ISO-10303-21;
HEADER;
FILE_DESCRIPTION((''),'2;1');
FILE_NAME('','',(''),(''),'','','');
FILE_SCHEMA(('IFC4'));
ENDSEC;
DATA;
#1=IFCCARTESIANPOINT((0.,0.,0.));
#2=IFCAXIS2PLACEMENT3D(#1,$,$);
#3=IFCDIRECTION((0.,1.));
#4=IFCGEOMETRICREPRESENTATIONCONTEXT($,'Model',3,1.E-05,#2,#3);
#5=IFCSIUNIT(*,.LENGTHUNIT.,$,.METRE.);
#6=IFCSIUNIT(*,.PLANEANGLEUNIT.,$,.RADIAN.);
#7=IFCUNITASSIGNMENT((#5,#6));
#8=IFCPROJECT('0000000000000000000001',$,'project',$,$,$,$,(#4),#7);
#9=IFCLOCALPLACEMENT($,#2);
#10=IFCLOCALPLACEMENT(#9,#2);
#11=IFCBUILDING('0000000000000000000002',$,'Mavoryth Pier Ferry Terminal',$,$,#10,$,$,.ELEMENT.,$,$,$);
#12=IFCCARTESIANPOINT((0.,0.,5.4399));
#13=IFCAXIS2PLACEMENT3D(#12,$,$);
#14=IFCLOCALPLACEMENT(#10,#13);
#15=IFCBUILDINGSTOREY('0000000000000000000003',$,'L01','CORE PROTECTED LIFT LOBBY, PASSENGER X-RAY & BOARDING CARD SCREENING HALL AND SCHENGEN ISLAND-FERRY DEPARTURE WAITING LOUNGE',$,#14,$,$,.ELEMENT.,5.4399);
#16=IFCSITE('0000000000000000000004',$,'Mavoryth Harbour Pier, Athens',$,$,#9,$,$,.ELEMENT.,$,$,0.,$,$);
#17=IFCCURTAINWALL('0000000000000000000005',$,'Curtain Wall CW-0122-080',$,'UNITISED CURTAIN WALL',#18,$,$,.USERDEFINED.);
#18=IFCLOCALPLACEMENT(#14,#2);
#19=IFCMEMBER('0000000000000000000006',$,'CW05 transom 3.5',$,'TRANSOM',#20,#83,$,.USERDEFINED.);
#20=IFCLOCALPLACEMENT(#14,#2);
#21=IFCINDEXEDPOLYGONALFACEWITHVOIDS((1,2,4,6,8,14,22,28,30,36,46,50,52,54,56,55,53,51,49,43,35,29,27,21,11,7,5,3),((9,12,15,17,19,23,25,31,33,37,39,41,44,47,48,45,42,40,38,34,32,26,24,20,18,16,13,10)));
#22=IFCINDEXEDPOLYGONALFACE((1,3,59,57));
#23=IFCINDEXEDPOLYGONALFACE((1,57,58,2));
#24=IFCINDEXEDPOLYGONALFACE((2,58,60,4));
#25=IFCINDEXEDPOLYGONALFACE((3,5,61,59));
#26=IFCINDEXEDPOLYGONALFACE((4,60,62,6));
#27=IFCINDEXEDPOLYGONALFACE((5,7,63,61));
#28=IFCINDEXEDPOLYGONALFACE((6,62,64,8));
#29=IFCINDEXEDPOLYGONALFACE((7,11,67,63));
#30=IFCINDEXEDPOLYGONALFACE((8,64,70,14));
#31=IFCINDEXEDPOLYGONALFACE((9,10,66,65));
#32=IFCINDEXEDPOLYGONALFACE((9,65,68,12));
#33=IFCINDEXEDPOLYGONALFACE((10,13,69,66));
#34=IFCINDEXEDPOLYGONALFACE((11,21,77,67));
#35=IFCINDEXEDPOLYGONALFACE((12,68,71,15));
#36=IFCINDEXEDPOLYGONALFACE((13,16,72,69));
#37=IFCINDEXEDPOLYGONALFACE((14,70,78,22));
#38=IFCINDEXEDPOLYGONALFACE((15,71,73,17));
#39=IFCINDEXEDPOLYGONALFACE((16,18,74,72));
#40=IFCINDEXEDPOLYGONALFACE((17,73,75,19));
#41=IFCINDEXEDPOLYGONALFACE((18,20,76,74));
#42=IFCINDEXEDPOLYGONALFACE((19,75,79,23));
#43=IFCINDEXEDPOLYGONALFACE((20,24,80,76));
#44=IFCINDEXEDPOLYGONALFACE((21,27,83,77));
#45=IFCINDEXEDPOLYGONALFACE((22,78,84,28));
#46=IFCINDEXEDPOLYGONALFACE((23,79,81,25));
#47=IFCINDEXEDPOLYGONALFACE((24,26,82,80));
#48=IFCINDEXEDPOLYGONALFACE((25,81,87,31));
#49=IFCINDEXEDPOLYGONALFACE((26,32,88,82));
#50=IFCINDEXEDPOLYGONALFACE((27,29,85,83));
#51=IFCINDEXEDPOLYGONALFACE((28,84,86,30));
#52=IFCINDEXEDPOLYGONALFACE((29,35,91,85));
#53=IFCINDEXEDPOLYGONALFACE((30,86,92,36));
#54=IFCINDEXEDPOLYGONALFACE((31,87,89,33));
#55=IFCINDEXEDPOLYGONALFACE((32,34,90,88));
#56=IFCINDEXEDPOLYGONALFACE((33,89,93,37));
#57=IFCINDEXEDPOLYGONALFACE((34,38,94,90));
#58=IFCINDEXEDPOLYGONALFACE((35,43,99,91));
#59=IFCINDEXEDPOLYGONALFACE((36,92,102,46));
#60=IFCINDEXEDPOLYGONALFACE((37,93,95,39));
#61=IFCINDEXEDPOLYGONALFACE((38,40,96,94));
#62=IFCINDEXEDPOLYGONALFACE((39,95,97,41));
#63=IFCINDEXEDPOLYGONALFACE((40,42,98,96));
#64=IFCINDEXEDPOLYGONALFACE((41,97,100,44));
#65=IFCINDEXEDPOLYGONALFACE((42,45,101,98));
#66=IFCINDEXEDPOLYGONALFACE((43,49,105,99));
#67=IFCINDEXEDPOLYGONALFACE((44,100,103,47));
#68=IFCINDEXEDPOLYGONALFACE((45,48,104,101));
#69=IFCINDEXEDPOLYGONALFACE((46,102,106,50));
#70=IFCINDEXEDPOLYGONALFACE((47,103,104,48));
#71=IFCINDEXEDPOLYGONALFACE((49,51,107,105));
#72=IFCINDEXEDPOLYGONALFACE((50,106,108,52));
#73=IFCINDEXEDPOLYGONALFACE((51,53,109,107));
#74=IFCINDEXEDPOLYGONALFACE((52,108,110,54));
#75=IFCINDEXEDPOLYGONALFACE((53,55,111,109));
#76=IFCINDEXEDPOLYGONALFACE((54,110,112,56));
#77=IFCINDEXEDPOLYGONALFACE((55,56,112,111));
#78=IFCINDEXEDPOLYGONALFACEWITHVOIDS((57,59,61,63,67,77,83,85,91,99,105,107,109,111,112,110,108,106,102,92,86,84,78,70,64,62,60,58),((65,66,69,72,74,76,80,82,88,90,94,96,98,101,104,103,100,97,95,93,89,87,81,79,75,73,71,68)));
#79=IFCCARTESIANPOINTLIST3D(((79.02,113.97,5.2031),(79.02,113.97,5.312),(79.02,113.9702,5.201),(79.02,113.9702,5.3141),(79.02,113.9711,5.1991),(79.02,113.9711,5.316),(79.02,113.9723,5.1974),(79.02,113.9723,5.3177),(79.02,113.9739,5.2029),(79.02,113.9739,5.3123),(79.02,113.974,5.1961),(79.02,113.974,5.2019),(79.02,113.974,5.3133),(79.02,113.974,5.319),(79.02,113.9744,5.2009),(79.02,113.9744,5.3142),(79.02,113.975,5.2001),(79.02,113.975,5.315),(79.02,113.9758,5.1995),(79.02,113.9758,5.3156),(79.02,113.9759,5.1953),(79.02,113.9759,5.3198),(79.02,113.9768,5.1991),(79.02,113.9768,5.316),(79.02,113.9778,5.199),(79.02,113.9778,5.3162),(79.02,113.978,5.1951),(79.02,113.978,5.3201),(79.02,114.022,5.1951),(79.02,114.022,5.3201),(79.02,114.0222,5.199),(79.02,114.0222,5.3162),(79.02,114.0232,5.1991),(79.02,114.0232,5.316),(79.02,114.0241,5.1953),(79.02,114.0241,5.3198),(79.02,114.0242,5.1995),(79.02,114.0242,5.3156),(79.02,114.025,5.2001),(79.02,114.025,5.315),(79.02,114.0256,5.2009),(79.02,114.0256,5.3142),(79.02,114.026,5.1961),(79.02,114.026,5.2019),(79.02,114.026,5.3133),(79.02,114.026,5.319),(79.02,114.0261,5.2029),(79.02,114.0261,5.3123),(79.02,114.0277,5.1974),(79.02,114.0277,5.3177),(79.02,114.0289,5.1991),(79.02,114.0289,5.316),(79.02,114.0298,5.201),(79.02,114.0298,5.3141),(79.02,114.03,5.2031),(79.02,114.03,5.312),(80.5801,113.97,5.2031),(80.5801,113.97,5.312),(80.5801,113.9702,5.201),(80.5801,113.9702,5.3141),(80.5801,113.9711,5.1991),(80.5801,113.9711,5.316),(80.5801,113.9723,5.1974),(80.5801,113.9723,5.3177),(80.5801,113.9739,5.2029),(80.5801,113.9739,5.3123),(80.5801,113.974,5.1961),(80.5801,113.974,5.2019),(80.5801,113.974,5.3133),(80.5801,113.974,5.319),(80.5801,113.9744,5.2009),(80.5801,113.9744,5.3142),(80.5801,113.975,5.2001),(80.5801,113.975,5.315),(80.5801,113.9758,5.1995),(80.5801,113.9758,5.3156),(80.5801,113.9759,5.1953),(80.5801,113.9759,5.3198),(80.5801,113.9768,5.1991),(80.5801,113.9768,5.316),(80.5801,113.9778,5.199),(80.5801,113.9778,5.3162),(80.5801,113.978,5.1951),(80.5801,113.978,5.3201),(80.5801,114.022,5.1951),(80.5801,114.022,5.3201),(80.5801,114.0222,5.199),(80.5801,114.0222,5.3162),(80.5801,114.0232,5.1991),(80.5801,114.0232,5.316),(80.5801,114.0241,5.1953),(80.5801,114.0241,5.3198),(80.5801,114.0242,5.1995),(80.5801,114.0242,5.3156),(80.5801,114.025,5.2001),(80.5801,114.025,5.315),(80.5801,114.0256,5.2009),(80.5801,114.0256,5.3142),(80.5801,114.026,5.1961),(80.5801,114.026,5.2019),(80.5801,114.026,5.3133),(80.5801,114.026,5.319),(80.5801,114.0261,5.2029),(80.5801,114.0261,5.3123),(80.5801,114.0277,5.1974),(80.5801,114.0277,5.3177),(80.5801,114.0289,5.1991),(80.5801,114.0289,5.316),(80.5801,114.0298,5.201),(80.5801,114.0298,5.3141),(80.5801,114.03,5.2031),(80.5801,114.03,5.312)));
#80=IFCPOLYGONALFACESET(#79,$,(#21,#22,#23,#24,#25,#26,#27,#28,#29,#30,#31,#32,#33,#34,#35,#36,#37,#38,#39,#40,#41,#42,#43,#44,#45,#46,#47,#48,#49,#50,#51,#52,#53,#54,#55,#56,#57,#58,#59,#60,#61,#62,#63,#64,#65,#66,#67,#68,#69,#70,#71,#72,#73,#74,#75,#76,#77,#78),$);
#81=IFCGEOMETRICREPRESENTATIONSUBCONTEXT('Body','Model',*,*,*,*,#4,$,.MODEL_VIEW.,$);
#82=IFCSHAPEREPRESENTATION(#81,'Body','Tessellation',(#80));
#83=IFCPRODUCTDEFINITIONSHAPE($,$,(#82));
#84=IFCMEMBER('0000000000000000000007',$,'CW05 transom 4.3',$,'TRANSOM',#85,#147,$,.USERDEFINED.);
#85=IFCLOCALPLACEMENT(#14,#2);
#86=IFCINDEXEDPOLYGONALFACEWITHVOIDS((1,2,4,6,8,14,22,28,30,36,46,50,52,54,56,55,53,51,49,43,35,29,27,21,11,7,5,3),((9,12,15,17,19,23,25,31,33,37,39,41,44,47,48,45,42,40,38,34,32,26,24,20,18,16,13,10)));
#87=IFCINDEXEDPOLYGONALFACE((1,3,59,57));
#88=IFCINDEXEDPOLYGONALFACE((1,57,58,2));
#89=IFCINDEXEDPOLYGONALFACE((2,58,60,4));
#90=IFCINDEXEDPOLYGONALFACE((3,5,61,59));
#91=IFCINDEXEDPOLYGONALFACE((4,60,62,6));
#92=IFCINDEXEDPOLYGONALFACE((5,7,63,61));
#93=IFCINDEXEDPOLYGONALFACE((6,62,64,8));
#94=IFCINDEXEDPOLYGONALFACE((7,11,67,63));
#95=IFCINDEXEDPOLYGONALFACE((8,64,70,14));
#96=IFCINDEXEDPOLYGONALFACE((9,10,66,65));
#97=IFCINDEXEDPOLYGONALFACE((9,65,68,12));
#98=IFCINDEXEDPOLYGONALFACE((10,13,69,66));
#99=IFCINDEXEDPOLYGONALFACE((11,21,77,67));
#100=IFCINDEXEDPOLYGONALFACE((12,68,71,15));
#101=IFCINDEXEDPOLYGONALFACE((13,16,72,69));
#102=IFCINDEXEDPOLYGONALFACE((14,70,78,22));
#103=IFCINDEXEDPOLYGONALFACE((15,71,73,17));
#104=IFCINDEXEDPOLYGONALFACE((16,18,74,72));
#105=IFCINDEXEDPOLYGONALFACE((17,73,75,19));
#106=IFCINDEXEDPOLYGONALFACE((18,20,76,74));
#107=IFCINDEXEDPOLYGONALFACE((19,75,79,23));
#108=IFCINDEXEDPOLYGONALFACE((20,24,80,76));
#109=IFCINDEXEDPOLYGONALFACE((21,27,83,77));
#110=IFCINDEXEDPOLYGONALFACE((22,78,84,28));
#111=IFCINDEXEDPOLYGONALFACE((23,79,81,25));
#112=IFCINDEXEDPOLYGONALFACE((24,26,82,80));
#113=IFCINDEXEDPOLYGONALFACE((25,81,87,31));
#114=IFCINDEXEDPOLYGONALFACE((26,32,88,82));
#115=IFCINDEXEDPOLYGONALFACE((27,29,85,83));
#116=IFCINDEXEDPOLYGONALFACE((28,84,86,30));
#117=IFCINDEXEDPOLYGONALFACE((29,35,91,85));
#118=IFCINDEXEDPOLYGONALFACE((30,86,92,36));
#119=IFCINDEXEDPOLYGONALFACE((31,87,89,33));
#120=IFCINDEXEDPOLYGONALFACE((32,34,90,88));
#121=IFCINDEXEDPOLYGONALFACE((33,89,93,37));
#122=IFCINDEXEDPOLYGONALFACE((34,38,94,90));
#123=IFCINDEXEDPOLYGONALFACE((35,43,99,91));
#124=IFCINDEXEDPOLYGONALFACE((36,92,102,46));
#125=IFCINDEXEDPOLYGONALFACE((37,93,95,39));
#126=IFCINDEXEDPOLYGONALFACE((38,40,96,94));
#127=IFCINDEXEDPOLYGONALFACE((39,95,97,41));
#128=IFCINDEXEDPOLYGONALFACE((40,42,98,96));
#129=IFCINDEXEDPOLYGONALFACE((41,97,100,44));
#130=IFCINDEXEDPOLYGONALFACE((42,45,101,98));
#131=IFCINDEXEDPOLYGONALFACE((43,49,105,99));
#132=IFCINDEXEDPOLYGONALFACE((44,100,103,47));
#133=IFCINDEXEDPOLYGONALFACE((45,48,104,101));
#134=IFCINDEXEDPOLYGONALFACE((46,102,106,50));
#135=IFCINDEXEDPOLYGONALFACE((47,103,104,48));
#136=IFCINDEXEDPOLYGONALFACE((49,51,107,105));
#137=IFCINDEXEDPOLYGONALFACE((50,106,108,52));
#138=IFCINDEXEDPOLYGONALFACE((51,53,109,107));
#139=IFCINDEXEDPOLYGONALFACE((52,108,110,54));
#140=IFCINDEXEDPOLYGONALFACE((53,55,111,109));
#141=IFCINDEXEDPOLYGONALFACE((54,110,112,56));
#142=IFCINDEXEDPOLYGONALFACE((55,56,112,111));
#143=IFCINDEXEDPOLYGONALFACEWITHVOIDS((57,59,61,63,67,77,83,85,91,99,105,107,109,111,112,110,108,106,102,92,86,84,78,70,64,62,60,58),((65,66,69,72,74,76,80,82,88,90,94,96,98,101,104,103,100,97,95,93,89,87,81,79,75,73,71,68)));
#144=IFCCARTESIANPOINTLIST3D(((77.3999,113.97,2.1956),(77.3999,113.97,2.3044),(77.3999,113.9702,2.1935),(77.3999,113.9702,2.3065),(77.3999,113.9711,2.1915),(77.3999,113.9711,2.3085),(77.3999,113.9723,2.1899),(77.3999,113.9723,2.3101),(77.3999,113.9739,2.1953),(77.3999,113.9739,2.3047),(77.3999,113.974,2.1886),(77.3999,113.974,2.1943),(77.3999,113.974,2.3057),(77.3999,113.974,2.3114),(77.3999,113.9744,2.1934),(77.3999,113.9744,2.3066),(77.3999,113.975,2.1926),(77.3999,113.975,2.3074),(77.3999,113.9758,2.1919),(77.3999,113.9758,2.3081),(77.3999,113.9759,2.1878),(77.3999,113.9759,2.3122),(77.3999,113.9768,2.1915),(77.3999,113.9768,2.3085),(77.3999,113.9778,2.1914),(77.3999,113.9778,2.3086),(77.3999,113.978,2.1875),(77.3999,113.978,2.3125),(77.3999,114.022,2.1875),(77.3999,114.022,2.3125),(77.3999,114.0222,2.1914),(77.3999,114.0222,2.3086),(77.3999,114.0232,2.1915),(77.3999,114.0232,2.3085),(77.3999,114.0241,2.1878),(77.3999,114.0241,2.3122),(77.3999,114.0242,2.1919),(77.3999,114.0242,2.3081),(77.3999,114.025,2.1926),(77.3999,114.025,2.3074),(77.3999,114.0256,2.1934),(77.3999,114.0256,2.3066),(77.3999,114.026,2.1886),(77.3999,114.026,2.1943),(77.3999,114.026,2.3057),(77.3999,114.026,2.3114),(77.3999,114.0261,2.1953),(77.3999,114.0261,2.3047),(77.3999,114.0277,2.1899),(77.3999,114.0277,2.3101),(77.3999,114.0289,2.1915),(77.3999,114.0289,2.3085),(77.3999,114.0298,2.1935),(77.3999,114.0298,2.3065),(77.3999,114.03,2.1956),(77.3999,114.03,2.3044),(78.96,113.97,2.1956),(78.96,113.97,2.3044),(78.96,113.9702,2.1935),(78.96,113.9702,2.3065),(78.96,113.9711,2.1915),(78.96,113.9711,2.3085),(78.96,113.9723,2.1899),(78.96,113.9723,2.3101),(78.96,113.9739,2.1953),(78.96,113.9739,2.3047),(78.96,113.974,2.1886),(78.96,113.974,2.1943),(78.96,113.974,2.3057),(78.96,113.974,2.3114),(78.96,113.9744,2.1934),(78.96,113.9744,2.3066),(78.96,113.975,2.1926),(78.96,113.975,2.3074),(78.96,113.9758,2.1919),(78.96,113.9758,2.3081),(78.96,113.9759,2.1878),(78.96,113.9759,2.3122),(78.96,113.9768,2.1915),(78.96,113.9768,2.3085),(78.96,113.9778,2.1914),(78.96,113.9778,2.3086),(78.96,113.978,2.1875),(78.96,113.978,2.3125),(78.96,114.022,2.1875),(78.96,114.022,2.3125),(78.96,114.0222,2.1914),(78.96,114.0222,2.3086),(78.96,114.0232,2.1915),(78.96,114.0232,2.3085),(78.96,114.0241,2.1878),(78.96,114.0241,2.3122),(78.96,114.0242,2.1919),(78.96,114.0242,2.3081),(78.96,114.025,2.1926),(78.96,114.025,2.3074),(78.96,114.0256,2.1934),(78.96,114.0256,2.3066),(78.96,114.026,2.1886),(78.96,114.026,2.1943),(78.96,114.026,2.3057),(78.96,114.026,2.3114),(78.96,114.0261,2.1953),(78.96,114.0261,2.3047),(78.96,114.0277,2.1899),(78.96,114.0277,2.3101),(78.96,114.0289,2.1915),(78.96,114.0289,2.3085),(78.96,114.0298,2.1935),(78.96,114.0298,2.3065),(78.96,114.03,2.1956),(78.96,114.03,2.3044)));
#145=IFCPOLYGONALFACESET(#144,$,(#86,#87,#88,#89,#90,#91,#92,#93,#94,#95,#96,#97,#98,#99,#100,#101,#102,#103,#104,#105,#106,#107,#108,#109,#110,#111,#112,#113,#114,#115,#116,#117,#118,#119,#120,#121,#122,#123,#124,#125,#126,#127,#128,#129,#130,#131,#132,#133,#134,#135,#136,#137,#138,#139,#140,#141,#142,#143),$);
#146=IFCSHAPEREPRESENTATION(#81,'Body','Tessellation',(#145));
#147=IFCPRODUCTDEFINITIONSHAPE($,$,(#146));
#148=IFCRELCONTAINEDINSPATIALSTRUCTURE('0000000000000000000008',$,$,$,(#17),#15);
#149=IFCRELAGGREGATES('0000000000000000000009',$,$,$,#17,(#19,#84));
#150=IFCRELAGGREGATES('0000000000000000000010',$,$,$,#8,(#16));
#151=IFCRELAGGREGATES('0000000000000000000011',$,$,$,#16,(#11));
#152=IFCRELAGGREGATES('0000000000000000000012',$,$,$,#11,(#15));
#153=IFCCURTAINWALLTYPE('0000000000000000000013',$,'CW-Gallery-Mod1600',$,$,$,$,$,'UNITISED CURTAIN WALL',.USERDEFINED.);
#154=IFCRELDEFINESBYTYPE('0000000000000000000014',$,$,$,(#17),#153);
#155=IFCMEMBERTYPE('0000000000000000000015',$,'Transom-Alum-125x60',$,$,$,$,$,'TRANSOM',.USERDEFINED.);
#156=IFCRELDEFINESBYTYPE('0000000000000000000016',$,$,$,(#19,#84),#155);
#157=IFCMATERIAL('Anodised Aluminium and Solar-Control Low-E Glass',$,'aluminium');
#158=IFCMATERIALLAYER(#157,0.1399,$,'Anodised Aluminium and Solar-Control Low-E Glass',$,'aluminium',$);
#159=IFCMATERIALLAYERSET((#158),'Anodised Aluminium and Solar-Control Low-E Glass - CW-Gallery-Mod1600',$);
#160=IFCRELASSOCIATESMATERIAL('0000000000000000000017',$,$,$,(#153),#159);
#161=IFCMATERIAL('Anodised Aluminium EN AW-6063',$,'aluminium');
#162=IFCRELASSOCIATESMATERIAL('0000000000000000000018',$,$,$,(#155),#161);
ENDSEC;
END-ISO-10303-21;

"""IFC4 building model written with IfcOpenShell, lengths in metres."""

from ifc_helpers import new_model, si_unit, direction, frame, origin, origin_2d, place, context, subcontext, project, spatial, hollow_rectangle, extrude, material, layer, layer_set, material_profile, profile_set, type_object, element, aggregate, save


model = new_model("IFC4")

# Units and contexts
model_context = context("Model", 3, precision=1e-05, world=origin(), true_north=direction((0.0, 1.0)))
body_context = subcontext(model_context, "Body", "Model", "MODEL_VIEW")
ifc_project = project(units=[si_unit("LENGTHUNIT", "METRE"), si_unit("PLANEANGLEUNIT", "RADIAN")], contexts=[model_context])

# Site, building, storey
site_placement = place(None, origin())
site = spatial("IfcSite", under=ifc_project, at=site_placement, Name="Mavoryth Harbour Pier, Athens", CompositionType="ELEMENT", RefElevation=0.0)
building_placement = place(site_placement, origin())
building = spatial("IfcBuilding", under=site, at=building_placement, Name="Mavoryth Pier Ferry Terminal", CompositionType="ELEMENT")
storey_placement = place(building_placement, frame((0.0, 0.0, 5.4399)))
storey = spatial("IfcBuildingStorey", under=building, at=storey_placement, Name="L01", Description="CORE PROTECTED LIFT LOBBY, PASSENGER X-RAY & BOARDING CARD SCREENING HALL AND SCHENGEN ISLAND-FERRY DEPARTURE WAITING LOUNGE", CompositionType="ELEMENT", Elevation=5.4399)

# Curtain wall
ifc_material_1 = material(Name="Anodised Aluminium and Solar-Control Low-E Glass", Category="aluminium")
ifc_layer_1 = layer(ifc_material_1, 0.1399, Name="Anodised Aluminium and Solar-Control Low-E Glass", Category="aluminium")
ifc_layer_set_1 = layer_set([ifc_layer_1], Name="Anodised Aluminium and Solar-Control Low-E Glass - CW-Gallery-Mod1600")
curtain_wall_type = type_object("IfcCurtainWallType", Name="CW-Gallery-Mod1600", ElementType="UNITISED CURTAIN WALL", PredefinedType="USERDEFINED", material=ifc_layer_set_1)
curtain_wall_1_placement = place(storey_placement, origin())
curtain_wall_1 = element("IfcCurtainWall", 1, at=curtain_wall_1_placement, inside=storey, type_object=curtain_wall_type, Name="Curtain Wall CW-0122-080", ObjectType="UNITISED CURTAIN WALL", PredefinedType="USERDEFINED")
ifc_material_2 = material(Name="Anodised Aluminium EN AW-6063", Category="aluminium")

# Members
ifc_material_profile_1 = material_profile(ifc_material_2, hollow_rectangle(XDim=0.0601, YDim=0.125, WallThickness=0.0039, InnerFilletRadius=0.0039, OuterFilletRadius=0.0081, at=origin_2d()), Name="AL-TRAN 125x60x4", Category="aluminium")
ifc_profile_set_1 = profile_set([ifc_material_profile_1], Name="Anodised Aluminium EN AW-6063 - AL-TRAN 125x60x4")
member_type_1 = type_object("IfcMemberType", Name="Transom-Alum-125x60", ElementType="TRANSOM", PredefinedType="USERDEFINED", material=ifc_profile_set_1)
member_1_placement = place(storey_placement, frame((80.5801, 114.0, 5.2576), z_axis=(-1.0, 0.0, 0.0), x_axis=(0.0, -1.0, 0.0)))
member_1 = element("IfcMember", 2, at=member_1_placement, type_object=member_type_1, Name="CW05 transom 3.5", ObjectType="TRANSOM", PredefinedType="USERDEFINED", context=body_context, shape_type="SweptSolid", body=[
    extrude(hollow_rectangle(XDim=0.0601, YDim=0.125, WallThickness=0.0039, InnerFilletRadius=0.0039, OuterFilletRadius=0.0081, at=origin_2d()), origin(), (0.0, 0.0, 1.0), 1.5601),
])
member_2_placement = place(storey_placement, frame((78.96, 114.0, 2.25), z_axis=(-1.0, 0.0, 0.0), x_axis=(0.0, -1.0, 0.0)))
member_2 = element("IfcMember", 3, at=member_2_placement, type_object=member_type_1, Name="CW05 transom 4.3", ObjectType="TRANSOM", PredefinedType="USERDEFINED", context=body_context, shape_type="SweptSolid", body=[
    extrude(hollow_rectangle(XDim=0.0601, YDim=0.125, WallThickness=0.0039, InnerFilletRadius=0.0039, OuterFilletRadius=0.0081, at=origin_2d()), origin(), (0.0, 0.0, 1.0), 1.5601),
])

aggregate(curtain_wall_1, [member_1, member_2])

save(model, "model.ifc")
